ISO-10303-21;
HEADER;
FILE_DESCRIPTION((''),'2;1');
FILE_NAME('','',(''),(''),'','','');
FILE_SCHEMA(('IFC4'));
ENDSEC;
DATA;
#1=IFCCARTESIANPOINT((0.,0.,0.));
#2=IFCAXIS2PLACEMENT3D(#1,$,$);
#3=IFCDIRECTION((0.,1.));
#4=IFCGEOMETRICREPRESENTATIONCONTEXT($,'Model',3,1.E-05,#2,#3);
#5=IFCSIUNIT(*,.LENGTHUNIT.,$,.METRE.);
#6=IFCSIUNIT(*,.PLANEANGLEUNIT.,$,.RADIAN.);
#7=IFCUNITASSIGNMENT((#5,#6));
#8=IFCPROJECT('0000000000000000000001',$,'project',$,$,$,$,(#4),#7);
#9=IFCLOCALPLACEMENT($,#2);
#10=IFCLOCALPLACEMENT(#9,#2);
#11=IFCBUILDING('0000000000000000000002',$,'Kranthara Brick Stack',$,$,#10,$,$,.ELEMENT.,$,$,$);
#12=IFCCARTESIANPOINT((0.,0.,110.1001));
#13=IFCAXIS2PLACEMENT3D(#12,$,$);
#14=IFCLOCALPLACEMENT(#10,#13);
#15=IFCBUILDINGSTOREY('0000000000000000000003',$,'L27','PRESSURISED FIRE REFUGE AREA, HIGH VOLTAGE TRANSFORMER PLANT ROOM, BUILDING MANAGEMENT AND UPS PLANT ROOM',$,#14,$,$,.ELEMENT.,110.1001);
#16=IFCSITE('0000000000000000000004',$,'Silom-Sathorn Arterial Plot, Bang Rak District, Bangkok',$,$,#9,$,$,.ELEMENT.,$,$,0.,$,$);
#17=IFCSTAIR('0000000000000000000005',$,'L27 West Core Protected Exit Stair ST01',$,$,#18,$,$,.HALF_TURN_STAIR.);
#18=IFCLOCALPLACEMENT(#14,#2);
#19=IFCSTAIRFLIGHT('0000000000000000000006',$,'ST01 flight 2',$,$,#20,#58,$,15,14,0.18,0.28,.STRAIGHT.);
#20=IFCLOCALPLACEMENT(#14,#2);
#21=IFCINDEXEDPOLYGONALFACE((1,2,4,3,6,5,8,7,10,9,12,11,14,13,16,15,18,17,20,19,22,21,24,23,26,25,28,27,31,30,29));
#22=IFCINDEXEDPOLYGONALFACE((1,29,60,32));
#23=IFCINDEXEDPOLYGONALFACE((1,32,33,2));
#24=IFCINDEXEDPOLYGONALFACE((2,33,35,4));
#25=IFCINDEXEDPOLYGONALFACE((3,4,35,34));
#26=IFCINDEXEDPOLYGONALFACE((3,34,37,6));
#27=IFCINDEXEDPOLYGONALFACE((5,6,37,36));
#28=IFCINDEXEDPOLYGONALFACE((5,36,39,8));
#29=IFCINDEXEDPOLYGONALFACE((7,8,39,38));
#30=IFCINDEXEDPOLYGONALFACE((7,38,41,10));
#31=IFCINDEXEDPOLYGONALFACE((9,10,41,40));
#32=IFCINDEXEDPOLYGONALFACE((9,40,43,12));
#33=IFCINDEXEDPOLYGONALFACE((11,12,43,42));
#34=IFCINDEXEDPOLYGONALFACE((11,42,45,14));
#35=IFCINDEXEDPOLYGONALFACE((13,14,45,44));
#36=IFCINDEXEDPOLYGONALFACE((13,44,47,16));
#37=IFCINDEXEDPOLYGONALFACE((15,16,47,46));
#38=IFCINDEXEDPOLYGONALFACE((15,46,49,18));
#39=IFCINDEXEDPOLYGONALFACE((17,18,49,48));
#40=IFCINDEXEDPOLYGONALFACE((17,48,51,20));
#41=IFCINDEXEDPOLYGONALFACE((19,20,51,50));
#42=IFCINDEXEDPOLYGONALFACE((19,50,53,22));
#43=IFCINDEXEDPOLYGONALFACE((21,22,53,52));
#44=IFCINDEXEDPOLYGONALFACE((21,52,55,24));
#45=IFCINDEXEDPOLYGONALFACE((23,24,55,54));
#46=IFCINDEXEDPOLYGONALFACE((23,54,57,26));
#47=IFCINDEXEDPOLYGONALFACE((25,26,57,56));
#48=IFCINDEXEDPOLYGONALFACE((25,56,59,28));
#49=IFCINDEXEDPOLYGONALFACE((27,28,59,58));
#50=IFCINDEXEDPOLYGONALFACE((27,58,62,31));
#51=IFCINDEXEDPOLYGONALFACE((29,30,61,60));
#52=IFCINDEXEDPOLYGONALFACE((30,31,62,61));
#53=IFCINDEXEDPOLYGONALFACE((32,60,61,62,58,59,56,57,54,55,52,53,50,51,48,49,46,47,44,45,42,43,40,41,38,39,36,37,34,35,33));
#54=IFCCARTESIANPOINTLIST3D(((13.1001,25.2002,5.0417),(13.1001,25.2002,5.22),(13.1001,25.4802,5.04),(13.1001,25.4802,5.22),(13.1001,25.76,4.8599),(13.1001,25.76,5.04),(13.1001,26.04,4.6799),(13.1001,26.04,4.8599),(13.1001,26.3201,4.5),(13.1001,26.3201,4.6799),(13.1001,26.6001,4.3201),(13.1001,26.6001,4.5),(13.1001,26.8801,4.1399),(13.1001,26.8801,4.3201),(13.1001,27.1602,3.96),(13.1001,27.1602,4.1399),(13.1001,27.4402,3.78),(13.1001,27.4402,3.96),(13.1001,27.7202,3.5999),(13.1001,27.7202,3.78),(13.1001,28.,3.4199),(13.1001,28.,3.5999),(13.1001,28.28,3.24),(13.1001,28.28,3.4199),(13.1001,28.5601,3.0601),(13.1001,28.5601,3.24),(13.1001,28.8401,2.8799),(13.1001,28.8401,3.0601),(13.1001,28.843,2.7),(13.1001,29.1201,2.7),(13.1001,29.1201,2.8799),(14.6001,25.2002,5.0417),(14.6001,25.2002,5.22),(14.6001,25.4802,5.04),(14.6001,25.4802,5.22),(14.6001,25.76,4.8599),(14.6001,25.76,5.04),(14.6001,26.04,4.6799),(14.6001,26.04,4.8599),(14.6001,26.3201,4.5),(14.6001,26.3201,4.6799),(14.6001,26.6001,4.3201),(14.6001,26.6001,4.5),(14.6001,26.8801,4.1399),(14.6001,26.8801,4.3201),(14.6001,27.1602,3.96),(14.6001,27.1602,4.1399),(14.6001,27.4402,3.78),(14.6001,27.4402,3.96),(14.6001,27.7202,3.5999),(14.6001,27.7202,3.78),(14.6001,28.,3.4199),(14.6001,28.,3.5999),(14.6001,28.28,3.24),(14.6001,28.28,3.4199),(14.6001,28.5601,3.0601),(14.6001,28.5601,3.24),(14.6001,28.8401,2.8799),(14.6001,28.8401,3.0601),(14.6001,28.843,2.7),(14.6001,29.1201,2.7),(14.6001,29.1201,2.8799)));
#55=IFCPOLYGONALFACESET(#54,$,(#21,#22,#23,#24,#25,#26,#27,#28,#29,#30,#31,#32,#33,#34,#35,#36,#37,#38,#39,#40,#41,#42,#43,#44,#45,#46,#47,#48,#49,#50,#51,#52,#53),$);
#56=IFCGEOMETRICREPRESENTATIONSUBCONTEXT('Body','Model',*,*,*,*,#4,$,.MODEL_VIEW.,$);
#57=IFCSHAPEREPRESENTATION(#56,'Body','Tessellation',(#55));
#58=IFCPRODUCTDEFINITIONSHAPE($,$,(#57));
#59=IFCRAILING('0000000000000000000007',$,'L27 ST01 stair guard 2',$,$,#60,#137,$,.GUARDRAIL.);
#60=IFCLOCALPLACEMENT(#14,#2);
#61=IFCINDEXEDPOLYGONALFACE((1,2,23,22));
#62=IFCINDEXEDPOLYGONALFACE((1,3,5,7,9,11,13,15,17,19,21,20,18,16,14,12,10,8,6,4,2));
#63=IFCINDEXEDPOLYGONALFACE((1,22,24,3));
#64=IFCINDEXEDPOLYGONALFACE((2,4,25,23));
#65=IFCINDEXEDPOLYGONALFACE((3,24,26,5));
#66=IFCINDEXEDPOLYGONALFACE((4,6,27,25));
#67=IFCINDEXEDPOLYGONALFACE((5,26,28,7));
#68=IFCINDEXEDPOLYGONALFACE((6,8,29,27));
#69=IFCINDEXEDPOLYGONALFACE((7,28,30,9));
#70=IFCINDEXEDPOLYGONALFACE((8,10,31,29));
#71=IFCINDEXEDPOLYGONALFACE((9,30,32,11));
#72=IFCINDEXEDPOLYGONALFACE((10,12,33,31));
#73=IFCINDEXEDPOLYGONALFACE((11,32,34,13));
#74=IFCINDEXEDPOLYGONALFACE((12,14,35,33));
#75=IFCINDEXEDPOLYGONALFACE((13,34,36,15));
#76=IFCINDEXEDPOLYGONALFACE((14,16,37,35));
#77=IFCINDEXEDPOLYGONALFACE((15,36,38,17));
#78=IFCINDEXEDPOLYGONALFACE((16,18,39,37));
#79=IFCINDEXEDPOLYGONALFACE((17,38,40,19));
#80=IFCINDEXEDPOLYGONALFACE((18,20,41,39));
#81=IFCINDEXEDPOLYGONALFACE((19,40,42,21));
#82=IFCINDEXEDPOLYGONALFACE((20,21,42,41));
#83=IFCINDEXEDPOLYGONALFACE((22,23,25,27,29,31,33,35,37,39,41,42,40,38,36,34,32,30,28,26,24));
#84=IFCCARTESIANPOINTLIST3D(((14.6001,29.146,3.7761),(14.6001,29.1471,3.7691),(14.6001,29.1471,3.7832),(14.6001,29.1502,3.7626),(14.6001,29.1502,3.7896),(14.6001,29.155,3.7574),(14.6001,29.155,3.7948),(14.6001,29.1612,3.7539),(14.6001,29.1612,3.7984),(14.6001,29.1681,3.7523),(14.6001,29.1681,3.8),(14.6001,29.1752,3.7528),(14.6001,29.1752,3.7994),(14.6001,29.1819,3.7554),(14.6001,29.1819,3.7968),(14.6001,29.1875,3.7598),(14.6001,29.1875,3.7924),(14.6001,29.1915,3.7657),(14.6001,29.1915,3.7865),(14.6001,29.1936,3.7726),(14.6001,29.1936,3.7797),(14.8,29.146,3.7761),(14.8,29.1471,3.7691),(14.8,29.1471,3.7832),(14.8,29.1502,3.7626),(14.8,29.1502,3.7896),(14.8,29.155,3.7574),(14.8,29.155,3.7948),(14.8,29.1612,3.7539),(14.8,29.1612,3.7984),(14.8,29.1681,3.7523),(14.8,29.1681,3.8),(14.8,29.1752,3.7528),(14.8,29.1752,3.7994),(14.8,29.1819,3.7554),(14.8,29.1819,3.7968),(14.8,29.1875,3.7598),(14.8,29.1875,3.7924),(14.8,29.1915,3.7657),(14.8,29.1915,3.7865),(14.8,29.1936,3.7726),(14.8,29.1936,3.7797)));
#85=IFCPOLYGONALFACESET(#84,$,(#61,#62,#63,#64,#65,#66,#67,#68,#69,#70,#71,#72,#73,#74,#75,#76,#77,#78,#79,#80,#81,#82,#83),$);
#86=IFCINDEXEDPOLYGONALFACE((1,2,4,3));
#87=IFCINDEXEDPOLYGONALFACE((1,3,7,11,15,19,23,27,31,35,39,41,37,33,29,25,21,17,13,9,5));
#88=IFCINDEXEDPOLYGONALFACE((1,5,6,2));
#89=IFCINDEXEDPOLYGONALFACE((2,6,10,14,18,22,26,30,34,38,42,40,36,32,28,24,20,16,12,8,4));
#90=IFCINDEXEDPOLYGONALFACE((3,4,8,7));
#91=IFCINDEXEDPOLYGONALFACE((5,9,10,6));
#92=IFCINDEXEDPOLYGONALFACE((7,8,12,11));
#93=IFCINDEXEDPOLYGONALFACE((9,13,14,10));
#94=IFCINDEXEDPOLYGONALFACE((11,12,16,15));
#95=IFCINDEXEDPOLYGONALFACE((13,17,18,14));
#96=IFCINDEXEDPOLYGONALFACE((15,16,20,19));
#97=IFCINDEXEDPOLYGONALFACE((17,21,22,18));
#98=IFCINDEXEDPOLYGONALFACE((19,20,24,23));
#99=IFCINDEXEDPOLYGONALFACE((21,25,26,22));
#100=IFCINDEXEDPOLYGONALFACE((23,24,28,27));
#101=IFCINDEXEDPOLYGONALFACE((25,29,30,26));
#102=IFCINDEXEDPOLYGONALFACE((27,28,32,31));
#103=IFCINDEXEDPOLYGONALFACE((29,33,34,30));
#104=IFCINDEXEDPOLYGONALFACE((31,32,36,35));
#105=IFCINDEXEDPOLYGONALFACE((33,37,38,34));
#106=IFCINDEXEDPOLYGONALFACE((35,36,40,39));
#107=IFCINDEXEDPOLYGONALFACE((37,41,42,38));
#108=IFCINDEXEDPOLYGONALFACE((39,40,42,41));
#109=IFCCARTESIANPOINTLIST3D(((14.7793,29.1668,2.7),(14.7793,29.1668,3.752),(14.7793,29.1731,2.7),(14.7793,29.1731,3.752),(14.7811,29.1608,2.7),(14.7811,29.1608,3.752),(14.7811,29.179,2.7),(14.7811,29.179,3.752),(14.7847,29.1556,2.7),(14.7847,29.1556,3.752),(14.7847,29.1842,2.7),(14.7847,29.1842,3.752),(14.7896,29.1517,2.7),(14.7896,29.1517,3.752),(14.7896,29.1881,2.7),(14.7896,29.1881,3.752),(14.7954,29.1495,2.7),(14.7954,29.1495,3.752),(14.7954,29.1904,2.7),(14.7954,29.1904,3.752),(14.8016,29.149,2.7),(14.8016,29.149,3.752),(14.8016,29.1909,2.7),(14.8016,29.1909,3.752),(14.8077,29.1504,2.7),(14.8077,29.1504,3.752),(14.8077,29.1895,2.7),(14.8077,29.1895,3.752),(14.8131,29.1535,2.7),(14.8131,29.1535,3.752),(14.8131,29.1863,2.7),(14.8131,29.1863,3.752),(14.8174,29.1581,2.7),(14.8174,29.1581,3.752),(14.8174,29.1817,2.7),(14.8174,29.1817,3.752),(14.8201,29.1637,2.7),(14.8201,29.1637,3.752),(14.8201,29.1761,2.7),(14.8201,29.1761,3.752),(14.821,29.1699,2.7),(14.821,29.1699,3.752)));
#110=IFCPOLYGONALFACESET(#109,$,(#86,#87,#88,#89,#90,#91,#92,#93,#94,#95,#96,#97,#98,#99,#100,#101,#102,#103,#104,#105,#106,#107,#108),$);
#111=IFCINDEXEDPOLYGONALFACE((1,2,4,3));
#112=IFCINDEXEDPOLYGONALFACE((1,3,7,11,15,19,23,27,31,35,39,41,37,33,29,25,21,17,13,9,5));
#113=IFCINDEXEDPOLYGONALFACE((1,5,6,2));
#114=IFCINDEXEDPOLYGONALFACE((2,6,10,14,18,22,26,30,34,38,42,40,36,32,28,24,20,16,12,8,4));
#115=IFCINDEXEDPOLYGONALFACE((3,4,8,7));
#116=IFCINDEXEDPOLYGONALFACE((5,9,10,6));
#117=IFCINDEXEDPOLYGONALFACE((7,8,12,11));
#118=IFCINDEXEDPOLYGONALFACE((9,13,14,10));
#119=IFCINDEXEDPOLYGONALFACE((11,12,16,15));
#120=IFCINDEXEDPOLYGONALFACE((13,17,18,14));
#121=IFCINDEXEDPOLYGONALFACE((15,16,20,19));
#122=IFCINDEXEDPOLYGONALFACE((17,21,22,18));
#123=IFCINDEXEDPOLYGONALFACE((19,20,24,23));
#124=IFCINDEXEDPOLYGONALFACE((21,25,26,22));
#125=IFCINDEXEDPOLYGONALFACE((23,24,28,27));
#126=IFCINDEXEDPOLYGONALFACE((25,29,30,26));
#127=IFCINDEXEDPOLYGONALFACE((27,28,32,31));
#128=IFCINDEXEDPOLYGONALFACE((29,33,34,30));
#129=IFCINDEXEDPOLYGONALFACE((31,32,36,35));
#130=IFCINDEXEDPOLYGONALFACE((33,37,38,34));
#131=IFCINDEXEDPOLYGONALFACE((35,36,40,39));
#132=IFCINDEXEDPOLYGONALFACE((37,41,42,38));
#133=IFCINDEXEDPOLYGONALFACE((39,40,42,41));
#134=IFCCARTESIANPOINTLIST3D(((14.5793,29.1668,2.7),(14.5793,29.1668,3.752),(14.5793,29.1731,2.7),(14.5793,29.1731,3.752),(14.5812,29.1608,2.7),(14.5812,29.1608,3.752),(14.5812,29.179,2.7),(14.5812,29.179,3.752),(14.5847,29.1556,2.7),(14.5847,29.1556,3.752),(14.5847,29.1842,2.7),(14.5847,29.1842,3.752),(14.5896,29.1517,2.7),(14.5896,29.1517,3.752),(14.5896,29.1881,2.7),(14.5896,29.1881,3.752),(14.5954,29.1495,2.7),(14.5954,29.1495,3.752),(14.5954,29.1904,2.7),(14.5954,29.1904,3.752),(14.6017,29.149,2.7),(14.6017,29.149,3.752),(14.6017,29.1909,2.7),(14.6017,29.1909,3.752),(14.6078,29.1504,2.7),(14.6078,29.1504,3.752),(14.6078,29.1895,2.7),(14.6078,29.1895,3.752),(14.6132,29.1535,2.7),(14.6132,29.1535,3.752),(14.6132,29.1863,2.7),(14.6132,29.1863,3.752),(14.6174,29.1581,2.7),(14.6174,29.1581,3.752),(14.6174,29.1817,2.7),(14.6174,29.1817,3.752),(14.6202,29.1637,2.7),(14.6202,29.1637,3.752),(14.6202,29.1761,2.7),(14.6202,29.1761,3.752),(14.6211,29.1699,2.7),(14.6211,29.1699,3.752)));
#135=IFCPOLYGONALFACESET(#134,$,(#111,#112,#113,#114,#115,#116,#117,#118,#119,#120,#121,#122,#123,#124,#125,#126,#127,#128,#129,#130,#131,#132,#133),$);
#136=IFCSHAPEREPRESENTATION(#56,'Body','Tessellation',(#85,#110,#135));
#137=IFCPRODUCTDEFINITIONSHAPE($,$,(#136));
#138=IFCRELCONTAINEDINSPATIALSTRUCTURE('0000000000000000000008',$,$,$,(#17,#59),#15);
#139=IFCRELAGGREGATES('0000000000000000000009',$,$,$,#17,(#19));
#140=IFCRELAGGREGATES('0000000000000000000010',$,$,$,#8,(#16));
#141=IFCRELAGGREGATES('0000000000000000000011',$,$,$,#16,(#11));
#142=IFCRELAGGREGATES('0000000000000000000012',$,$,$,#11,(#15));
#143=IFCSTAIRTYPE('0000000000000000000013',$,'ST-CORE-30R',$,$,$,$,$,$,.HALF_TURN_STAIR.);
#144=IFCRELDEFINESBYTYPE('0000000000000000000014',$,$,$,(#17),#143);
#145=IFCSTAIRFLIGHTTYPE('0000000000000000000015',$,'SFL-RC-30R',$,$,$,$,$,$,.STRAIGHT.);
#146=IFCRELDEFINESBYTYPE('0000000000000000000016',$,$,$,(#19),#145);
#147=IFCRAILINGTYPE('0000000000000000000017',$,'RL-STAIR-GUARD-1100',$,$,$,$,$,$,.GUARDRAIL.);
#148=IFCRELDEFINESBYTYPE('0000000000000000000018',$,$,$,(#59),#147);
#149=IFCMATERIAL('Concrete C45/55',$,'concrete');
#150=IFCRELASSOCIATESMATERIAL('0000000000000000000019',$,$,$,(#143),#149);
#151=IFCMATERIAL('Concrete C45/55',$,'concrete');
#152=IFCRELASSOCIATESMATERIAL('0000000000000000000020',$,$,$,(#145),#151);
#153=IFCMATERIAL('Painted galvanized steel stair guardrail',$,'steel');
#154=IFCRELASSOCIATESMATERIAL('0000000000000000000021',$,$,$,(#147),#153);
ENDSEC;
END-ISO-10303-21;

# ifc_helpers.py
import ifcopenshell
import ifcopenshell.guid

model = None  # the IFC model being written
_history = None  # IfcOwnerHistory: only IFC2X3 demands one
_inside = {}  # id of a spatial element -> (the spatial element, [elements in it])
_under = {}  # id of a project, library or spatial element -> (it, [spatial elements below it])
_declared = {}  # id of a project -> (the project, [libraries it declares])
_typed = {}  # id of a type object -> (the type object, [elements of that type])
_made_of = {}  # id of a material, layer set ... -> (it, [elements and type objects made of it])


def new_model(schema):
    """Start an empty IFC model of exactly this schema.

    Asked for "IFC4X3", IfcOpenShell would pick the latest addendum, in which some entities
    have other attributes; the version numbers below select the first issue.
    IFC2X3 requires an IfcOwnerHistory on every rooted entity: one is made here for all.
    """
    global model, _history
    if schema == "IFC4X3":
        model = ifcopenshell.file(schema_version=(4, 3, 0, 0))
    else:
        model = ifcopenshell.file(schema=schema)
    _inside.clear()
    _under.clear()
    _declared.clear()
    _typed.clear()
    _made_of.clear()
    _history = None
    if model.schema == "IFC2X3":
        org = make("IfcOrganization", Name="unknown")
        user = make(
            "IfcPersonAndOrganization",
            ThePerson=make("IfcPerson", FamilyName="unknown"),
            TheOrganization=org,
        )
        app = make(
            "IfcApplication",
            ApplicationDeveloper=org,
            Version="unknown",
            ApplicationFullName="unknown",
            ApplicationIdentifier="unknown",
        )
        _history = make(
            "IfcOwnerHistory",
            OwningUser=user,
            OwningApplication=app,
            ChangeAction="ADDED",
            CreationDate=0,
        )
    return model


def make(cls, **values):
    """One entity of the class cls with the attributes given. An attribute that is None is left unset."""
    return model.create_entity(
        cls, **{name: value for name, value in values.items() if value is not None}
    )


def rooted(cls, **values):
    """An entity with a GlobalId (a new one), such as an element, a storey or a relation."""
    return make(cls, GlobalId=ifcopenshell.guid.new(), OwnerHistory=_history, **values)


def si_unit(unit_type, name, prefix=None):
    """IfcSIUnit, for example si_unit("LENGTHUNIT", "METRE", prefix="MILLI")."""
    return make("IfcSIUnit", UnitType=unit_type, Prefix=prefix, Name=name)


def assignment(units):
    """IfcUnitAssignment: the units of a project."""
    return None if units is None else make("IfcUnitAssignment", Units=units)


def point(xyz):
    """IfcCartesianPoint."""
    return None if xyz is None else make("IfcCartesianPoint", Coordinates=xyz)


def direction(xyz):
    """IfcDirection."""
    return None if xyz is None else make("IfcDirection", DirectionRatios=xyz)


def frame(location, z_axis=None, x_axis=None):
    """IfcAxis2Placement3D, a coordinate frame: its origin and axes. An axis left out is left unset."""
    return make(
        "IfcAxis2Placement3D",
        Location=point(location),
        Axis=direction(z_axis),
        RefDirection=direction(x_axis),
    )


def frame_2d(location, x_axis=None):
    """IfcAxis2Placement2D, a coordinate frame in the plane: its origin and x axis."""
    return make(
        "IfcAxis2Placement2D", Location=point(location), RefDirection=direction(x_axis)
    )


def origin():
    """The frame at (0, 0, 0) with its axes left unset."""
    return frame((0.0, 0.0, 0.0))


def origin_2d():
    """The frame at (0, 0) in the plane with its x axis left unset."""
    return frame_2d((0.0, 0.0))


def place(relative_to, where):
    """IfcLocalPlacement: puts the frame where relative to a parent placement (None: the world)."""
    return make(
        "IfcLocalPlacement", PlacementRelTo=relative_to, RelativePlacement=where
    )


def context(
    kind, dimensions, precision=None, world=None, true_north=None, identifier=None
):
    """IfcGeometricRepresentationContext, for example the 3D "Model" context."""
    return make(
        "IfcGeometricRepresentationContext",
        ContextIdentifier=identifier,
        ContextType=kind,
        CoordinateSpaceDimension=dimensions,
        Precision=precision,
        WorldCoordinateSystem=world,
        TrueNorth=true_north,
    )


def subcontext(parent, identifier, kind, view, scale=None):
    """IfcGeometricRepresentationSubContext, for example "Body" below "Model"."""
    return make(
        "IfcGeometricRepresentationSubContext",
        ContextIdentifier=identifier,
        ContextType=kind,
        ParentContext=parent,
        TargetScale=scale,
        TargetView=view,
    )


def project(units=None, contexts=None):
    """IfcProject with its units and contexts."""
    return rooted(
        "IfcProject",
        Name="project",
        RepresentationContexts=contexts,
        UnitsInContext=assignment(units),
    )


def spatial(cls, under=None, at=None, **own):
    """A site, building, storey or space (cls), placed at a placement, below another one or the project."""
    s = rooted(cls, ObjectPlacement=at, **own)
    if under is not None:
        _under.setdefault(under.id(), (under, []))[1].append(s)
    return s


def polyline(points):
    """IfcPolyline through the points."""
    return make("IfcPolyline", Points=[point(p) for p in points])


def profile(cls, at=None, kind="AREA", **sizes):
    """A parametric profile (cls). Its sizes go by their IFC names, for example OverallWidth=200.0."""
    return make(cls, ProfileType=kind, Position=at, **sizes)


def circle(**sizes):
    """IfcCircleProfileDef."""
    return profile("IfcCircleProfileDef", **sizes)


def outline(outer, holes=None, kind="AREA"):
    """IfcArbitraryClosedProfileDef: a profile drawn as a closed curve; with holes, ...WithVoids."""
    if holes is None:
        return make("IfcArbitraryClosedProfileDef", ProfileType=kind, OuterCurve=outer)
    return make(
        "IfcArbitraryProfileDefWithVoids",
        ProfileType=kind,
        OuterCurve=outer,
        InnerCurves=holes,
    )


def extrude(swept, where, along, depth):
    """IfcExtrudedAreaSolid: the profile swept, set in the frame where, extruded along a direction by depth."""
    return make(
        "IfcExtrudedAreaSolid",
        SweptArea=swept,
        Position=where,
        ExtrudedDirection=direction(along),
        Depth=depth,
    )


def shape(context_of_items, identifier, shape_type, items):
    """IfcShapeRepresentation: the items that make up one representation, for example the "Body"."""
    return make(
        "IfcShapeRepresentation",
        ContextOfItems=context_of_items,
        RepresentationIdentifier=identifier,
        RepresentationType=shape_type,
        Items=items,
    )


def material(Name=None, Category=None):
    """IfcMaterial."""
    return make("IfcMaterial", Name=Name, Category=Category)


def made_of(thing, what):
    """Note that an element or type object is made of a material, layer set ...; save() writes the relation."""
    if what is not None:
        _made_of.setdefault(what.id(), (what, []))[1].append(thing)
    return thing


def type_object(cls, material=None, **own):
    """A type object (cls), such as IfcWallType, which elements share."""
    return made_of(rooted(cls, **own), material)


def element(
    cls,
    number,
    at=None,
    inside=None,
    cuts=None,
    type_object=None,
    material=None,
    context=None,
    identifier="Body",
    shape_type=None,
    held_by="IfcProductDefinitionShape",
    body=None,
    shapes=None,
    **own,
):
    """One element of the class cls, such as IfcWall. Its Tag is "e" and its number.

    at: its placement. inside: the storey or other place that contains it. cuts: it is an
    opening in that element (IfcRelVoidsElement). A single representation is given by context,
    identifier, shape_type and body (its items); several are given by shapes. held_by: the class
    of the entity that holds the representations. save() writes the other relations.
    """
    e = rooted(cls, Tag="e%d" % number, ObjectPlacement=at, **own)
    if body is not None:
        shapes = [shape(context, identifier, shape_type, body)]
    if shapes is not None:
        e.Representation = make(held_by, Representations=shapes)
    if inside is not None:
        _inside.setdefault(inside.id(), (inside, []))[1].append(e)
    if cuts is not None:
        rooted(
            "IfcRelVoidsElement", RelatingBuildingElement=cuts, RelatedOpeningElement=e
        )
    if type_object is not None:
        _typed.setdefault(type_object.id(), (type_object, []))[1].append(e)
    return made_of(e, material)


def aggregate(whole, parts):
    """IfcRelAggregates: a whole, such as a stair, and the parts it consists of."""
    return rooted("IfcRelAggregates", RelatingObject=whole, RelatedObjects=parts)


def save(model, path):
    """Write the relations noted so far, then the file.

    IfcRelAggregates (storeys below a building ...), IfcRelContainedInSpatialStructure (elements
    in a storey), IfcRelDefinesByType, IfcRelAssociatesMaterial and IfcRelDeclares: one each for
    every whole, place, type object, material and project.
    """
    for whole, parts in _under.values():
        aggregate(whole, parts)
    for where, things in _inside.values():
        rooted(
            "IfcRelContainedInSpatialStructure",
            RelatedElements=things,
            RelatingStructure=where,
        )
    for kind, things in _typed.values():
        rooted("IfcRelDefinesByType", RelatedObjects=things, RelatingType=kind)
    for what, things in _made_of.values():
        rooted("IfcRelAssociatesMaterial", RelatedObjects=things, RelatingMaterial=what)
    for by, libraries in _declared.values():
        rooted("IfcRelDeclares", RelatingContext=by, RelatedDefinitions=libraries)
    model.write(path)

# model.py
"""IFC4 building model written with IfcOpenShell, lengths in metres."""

from ifc_helpers import new_model, si_unit, direction, frame, origin, origin_2d, place, context, subcontext, project, spatial, polyline, circle, outline, extrude, material, type_object, element, aggregate, save


model = new_model("IFC4")

# Units and contexts
model_context = context("Model", 3, precision=1e-05, world=origin(), true_north=direction((0.0, 1.0)))
body_context = subcontext(model_context, "Body", "Model", "MODEL_VIEW")
ifc_project = project(units=[si_unit("LENGTHUNIT", "METRE"), si_unit("PLANEANGLEUNIT", "RADIAN")], contexts=[model_context])

# Site, building, storey
site_placement = place(None, origin())
site = spatial("IfcSite", under=ifc_project, at=site_placement, Name="Silom-Sathorn Arterial Plot, Bang Rak District, Bangkok", CompositionType="ELEMENT", RefElevation=0.0)
building_placement = place(site_placement, origin())
building = spatial("IfcBuilding", under=site, at=building_placement, Name="Kranthara Brick Stack", CompositionType="ELEMENT")
storey_placement = place(building_placement, frame((0.0, 0.0, 110.1001)))
storey = spatial("IfcBuildingStorey", under=building, at=storey_placement, Name="L27", Description="PRESSURISED FIRE REFUGE AREA, HIGH VOLTAGE TRANSFORMER PLANT ROOM, BUILDING MANAGEMENT AND UPS PLANT ROOM", CompositionType="ELEMENT", Elevation=110.1001)

# Stair, stair flight
ifc_material_1 = material(Name="Concrete C45/55", Category="concrete")
stair_type = type_object("IfcStairType", Name="ST-CORE-30R", PredefinedType="HALF_TURN_STAIR", material=ifc_material_1)
stair_placement = place(storey_placement, origin())
stair = element("IfcStair", 1, at=stair_placement, inside=storey, type_object=stair_type, Name="L27 West Core Protected Exit Stair ST01", PredefinedType="HALF_TURN_STAIR")
ifc_material_2 = material(Name="Concrete C45/55", Category="concrete")
stair_flight_type = type_object("IfcStairFlightType", Name="SFL-RC-30R", PredefinedType="STRAIGHT", material=ifc_material_2)
stair_flight_placement = place(storey_placement, frame((13.8501, 29.1201, 2.7), z_axis=(0.0, 0.0, 1.0), x_axis=(0.0, -1.0, 0.0)))
stair_flight = element("IfcStairFlight", 2, at=stair_flight_placement, type_object=stair_flight_type, Name="ST01 flight 2", NumberOfRisers=15, NumberOfTreads=14, PredefinedType="STRAIGHT", RiserHeight=0.18, TreadLength=0.28, context=body_context, shape_type="SweptSolid", body=[
    extrude(outline(polyline([(0.0, 0.0), (0.0, 0.1799), (0.28, 0.1799), (0.28, 0.3601), (0.5601, 0.3601), (0.5601, 0.54), (0.8401, 0.54), (0.8401, 0.72), (1.1201, 0.72), (1.1201, 0.8999), (1.3999, 0.8999), (1.3999, 1.0801), (1.6799, 1.0801), (1.6799, 1.26), (1.96, 1.26), (1.96, 1.4399), (2.24, 1.4399), (2.24, 1.6201), (2.52, 1.6201), (2.52, 1.8), (2.8, 1.8), (2.8, 1.98), (3.0801, 1.98), (3.0801, 2.1599), (3.3601, 2.1599), (3.3601, 2.3401), (3.6399, 2.3401), (3.6399, 2.52), (3.9199, 2.52), (3.9199, 2.7), (3.9199, 2.3418), (0.2771, 0.0), (0.0, 0.0)])), frame((0.0, 0.75, 0.0), z_axis=(0.0, -1.0, 0.0), x_axis=(1.0, 0.0, 0.0)), (0.0, 0.0, 1.0), 1.5),
])
aggregate(stair, [stair_flight])

# Railing
ifc_material_3 = material(Name="Painted galvanized steel stair guardrail", Category="steel")
railing_type_1 = type_object("IfcRailingType", Name="RL-STAIR-GUARD-1100", PredefinedType="GUARDRAIL", material=ifc_material_3)
railing_1_placement = place(storey_placement, frame((14.8, 29.1699, 2.7)))
element("IfcRailing", 3, at=railing_1_placement, inside=storey, type_object=railing_type_1, Name="L27 ST01 stair guard 2", PredefinedType="GUARDRAIL", context=body_context, shape_type="SweptSolid", body=[
    extrude(circle(Radius=0.0239, at=origin_2d()), frame((0.0, 0.0, 1.0762), z_axis=(-1.0, 0.0, 0.0), x_axis=(0.0, -1.0, 0.0)), (0.0, 0.0, 1.0), 0.2),
    extrude(circle(Radius=0.021, at=origin_2d()), origin(), (0.0, 0.0, 1.0), 1.052),
    extrude(circle(Radius=0.021, at=origin_2d()), frame((-0.2, 0.0, 0.0)), (0.0, 0.0, 1.0), 1.052),
])

save(model, "model.ifc")
